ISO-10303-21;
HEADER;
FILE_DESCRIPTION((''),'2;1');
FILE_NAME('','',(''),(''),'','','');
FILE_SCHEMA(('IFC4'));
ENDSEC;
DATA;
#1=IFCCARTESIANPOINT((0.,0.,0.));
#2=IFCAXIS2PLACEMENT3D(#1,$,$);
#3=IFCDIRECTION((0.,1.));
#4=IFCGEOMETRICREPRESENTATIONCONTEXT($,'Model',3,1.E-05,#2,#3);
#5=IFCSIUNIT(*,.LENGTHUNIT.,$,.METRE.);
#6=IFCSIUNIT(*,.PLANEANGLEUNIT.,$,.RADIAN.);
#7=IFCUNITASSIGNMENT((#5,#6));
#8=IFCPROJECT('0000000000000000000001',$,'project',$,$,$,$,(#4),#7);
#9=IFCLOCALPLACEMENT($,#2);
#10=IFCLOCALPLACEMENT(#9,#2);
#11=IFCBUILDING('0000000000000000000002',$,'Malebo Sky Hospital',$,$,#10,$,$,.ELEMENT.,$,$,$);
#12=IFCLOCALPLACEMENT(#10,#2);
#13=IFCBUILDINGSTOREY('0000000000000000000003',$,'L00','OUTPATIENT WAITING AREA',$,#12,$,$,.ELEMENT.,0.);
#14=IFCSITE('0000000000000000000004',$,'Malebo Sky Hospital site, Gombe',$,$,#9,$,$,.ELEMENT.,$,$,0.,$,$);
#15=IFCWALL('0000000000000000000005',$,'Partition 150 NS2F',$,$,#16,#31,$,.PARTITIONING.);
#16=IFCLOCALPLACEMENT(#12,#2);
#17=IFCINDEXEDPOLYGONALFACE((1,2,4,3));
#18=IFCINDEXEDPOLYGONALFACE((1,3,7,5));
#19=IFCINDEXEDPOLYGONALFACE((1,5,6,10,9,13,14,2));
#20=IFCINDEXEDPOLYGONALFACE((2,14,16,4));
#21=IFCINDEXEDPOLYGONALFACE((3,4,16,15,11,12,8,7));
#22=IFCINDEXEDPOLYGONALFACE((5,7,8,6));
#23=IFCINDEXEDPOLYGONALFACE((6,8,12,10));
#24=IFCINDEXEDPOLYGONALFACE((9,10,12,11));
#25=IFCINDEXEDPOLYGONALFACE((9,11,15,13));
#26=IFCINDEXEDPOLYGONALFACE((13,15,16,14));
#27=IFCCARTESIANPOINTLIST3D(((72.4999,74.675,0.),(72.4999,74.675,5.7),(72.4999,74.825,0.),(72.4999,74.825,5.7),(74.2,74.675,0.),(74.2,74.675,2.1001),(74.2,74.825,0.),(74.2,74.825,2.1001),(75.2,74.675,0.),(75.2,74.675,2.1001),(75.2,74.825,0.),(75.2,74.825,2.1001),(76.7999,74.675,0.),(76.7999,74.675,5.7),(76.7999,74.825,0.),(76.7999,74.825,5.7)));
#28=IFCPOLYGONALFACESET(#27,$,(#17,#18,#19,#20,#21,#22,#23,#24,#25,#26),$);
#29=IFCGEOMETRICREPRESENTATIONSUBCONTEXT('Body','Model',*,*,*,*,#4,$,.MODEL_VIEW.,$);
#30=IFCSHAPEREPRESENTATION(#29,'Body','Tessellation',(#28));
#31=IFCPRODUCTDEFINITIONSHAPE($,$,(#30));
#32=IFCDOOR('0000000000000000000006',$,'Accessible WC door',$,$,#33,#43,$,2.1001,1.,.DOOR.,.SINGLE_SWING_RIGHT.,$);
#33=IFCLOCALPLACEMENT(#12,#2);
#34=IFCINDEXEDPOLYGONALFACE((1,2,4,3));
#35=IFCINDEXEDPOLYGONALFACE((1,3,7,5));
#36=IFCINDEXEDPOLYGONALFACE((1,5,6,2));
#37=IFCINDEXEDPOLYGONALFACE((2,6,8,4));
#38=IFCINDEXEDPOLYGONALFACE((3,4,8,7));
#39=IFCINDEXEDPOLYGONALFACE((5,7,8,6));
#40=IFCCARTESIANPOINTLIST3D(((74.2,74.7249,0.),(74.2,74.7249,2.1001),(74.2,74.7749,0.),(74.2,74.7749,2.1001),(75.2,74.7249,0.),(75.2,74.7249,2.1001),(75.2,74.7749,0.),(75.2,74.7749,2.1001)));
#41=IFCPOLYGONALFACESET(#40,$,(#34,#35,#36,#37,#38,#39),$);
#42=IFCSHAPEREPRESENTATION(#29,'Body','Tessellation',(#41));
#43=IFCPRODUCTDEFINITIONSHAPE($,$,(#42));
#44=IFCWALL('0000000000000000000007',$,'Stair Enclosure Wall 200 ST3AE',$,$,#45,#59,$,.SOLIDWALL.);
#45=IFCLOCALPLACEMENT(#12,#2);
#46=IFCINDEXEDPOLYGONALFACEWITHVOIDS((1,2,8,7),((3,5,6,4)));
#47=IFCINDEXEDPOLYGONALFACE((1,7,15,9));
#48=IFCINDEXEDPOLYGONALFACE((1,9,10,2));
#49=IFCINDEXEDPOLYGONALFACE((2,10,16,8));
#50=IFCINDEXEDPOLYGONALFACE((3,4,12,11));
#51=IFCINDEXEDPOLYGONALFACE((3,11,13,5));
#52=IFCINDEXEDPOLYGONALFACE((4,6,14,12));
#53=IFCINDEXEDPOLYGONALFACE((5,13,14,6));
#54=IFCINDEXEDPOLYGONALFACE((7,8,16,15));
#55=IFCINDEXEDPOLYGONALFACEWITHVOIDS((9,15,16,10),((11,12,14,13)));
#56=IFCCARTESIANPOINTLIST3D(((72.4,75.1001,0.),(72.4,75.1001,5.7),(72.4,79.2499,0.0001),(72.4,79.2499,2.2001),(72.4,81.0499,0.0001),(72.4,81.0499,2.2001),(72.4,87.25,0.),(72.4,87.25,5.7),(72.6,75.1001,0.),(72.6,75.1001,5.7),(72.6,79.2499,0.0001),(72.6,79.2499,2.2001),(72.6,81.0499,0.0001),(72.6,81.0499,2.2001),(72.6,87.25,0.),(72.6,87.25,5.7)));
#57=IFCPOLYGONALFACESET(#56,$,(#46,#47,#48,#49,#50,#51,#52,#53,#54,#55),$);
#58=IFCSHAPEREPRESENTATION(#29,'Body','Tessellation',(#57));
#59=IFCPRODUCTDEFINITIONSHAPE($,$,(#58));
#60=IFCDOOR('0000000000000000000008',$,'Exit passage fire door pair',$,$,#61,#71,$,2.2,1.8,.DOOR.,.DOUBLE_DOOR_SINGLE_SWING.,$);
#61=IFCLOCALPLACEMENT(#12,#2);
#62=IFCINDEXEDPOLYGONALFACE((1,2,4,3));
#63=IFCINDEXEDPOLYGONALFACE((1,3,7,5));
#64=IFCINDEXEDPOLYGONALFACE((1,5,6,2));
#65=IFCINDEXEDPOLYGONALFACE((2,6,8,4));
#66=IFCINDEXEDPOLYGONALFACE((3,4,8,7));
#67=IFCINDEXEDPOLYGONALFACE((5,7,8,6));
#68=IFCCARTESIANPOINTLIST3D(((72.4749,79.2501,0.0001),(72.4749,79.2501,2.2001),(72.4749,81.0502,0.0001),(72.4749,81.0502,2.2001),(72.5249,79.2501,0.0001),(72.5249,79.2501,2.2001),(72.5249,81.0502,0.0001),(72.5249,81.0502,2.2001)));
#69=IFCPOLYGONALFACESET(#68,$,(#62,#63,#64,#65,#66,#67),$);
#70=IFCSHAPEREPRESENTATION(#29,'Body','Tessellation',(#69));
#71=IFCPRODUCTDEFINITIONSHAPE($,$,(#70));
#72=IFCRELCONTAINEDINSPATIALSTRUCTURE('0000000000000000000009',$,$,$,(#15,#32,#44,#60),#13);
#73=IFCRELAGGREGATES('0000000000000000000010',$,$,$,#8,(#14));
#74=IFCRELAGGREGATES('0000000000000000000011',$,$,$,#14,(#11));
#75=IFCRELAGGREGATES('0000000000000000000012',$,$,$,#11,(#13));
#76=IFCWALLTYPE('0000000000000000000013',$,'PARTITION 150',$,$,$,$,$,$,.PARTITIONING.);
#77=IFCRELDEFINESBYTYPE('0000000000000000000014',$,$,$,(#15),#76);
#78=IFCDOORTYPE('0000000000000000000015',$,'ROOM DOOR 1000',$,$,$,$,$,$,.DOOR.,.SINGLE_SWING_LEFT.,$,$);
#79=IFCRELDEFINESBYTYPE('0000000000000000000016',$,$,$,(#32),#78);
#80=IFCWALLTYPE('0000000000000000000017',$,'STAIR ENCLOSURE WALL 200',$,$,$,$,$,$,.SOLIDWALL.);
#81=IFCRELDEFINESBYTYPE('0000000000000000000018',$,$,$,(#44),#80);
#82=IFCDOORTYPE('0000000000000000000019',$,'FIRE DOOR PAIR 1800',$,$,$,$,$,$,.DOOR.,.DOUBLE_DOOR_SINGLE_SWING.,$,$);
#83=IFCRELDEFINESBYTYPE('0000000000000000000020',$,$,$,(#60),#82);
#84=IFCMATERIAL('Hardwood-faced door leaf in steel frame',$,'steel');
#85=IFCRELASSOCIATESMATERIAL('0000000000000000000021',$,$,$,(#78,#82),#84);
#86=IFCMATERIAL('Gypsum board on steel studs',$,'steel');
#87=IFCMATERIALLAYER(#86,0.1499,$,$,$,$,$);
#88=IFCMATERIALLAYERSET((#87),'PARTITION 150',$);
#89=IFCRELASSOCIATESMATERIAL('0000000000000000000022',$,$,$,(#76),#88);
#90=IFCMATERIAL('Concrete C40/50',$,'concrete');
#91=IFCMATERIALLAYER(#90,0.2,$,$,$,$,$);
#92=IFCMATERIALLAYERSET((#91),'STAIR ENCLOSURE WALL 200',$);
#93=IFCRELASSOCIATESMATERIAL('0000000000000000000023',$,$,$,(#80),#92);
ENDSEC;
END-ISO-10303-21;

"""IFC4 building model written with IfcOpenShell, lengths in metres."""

from ifc_helpers import new_model, si_unit, direction, frame, frame_2d, origin, place, context, subcontext, project, spatial, rectangle, extrude, material, layer, layer_set, type_object, element, fill, save


model = new_model("IFC4")

# Units and contexts
model_context = context("Model", 3, precision=1e-05, world=origin(), true_north=direction((0.0, 1.0)))
body_context = subcontext(model_context, "Body", "Model", "MODEL_VIEW")
ifc_project = project(units=[si_unit("LENGTHUNIT", "METRE"), si_unit("PLANEANGLEUNIT", "RADIAN")], contexts=[model_context])

# Site, building, storey
site_placement = place(None, origin())
site = spatial("IfcSite", under=ifc_project, at=site_placement, Name="Malebo Sky Hospital site, Gombe", CompositionType="ELEMENT", RefElevation=0.0)
building_placement = place(site_placement, origin())
building = spatial("IfcBuilding", under=site, at=building_placement, Name="Malebo Sky Hospital", CompositionType="ELEMENT")
storey_placement = place(building_placement, origin())
storey = spatial("IfcBuildingStorey", under=building, at=storey_placement, Name="L00", Description="OUTPATIENT WAITING AREA", CompositionType="ELEMENT", Elevation=0.0)

# Walls, openings, doors
ifc_material_1 = material(Name="Gypsum board on steel studs", Category="steel")
ifc_material_2 = material(Name="Hardwood-faced door leaf in steel frame", Category="steel")
door_type_1 = type_object("IfcDoorType", Name="ROOM DOOR 1000", OperationType="SINGLE_SWING_LEFT", PredefinedType="DOOR", material=ifc_material_2)
ifc_layer_1 = layer(ifc_material_1, 0.1499)
ifc_layer_set_1 = layer_set([ifc_layer_1], Name="PARTITION 150")
wall_type_1 = type_object("IfcWallType", Name="PARTITION 150", PredefinedType="PARTITIONING", material=ifc_layer_set_1)
wall_1_placement = place(storey_placement, frame((72.5, 74.75, 0.0), z_axis=(0.0, 0.0, 1.0), x_axis=(1.0, 0.0, 0.0)))
wall_1 = element("IfcWall", 1, at=wall_1_placement, inside=storey, type_object=wall_type_1, Name="Partition 150 NS2F", PredefinedType="PARTITIONING", context=body_context, shape_type="SweptSolid", body=[
    extrude(rectangle(XDim=4.3, YDim=0.1499, at=frame_2d((2.1499, 0.0))), origin(), (0.0, 0.0, 1.0), 5.7),
])
opening_1_placement = place(wall_1_placement, frame((1.7, 0.0, 0.0)))
opening_1 = element("IfcOpeningElement", 2, at=opening_1_placement, cuts=wall_1, PredefinedType="OPENING", context=body_context, shape_type="SweptSolid", body=[
    extrude(rectangle(XDim=1.0, YDim=2.1001, at=frame_2d((0.5, 1.05))), frame((0.0, 0.085, 0.0), z_axis=(0.0, -1.0, 0.0), x_axis=(1.0, 0.0, 0.0)), (0.0, 0.0, 1.0), 0.1699),
])
door_1_placement = place(opening_1_placement, origin())
door_1 = element("IfcDoor", 3, at=door_1_placement, inside=storey, type_object=door_type_1, Name="Accessible WC door", OperationType="SINGLE_SWING_RIGHT", OverallHeight=2.1001, OverallWidth=1.0, PredefinedType="DOOR", context=body_context, shape_type="SweptSolid", body=[
    extrude(rectangle(XDim=1.0, YDim=2.1001, at=frame_2d((0.5, 1.05))), frame((0.0, 0.0249, 0.0), z_axis=(0.0, -1.0, 0.0), x_axis=(1.0, 0.0, 0.0)), (0.0, 0.0, 1.0), 0.05),
])
fill(opening_1, door_1)
ifc_material_3 = material(Name="Concrete C40/50", Category="concrete")
ifc_layer_2 = layer(ifc_material_3, 0.2)
ifc_layer_set_2 = layer_set([ifc_layer_2], Name="STAIR ENCLOSURE WALL 200")
wall_type_2 = type_object("IfcWallType", Name="STAIR ENCLOSURE WALL 200", PredefinedType="SOLIDWALL", material=ifc_layer_set_2)
wall_2_placement = place(storey_placement, frame((72.5, 75.1001, 0.0), z_axis=(0.0, 0.0, 1.0), x_axis=(0.0, 1.0, 0.0)))
wall_2 = element("IfcWall", 4, at=wall_2_placement, inside=storey, type_object=wall_type_2, Name="Stair Enclosure Wall 200 ST3AE", PredefinedType="SOLIDWALL", context=body_context, shape_type="SweptSolid", body=[
    extrude(rectangle(XDim=12.1499, YDim=0.2, at=frame_2d((6.075, 0.0))), origin(), (0.0, 0.0, 1.0), 5.7),
])
opening_2_placement = place(wall_2_placement, frame((4.1499, 0.0, 0.0)))
opening_2 = element("IfcOpeningElement", 5, at=opening_2_placement, cuts=wall_2, PredefinedType="OPENING", context=body_context, shape_type="SweptSolid", body=[
    extrude(rectangle(XDim=1.8, YDim=2.2, at=frame_2d((0.8999, 1.1001))), frame((0.0, 0.1099, 0.0), z_axis=(0.0, -1.0, 0.0), x_axis=(1.0, 0.0, 0.0)), (0.0, 0.0, 1.0), 0.22),
])
door_type_2 = type_object("IfcDoorType", Name="FIRE DOOR PAIR 1800", OperationType="DOUBLE_DOOR_SINGLE_SWING", PredefinedType="DOOR", material=ifc_material_2)
door_2_placement = place(opening_2_placement, frame((1.8, 0.0, 0.0), z_axis=(0.0, 0.0, 1.0), x_axis=(-1.0, 0.0, 0.0)))
door_2 = element("IfcDoor", 6, at=door_2_placement, inside=storey, type_object=door_type_2, Name="Exit passage fire door pair", OperationType="DOUBLE_DOOR_SINGLE_SWING", OverallHeight=2.2, OverallWidth=1.8, PredefinedType="DOOR", context=body_context, shape_type="SweptSolid", body=[
    extrude(rectangle(XDim=1.8, YDim=2.2, at=frame_2d((0.8999, 1.1001))), frame((0.0, 0.0249, 0.0), z_axis=(0.0, -1.0, 0.0), x_axis=(1.0, 0.0, 0.0)), (0.0, 0.0, 1.0), 0.05),
])
fill(opening_2, door_2)

save(model, "model.ifc")
